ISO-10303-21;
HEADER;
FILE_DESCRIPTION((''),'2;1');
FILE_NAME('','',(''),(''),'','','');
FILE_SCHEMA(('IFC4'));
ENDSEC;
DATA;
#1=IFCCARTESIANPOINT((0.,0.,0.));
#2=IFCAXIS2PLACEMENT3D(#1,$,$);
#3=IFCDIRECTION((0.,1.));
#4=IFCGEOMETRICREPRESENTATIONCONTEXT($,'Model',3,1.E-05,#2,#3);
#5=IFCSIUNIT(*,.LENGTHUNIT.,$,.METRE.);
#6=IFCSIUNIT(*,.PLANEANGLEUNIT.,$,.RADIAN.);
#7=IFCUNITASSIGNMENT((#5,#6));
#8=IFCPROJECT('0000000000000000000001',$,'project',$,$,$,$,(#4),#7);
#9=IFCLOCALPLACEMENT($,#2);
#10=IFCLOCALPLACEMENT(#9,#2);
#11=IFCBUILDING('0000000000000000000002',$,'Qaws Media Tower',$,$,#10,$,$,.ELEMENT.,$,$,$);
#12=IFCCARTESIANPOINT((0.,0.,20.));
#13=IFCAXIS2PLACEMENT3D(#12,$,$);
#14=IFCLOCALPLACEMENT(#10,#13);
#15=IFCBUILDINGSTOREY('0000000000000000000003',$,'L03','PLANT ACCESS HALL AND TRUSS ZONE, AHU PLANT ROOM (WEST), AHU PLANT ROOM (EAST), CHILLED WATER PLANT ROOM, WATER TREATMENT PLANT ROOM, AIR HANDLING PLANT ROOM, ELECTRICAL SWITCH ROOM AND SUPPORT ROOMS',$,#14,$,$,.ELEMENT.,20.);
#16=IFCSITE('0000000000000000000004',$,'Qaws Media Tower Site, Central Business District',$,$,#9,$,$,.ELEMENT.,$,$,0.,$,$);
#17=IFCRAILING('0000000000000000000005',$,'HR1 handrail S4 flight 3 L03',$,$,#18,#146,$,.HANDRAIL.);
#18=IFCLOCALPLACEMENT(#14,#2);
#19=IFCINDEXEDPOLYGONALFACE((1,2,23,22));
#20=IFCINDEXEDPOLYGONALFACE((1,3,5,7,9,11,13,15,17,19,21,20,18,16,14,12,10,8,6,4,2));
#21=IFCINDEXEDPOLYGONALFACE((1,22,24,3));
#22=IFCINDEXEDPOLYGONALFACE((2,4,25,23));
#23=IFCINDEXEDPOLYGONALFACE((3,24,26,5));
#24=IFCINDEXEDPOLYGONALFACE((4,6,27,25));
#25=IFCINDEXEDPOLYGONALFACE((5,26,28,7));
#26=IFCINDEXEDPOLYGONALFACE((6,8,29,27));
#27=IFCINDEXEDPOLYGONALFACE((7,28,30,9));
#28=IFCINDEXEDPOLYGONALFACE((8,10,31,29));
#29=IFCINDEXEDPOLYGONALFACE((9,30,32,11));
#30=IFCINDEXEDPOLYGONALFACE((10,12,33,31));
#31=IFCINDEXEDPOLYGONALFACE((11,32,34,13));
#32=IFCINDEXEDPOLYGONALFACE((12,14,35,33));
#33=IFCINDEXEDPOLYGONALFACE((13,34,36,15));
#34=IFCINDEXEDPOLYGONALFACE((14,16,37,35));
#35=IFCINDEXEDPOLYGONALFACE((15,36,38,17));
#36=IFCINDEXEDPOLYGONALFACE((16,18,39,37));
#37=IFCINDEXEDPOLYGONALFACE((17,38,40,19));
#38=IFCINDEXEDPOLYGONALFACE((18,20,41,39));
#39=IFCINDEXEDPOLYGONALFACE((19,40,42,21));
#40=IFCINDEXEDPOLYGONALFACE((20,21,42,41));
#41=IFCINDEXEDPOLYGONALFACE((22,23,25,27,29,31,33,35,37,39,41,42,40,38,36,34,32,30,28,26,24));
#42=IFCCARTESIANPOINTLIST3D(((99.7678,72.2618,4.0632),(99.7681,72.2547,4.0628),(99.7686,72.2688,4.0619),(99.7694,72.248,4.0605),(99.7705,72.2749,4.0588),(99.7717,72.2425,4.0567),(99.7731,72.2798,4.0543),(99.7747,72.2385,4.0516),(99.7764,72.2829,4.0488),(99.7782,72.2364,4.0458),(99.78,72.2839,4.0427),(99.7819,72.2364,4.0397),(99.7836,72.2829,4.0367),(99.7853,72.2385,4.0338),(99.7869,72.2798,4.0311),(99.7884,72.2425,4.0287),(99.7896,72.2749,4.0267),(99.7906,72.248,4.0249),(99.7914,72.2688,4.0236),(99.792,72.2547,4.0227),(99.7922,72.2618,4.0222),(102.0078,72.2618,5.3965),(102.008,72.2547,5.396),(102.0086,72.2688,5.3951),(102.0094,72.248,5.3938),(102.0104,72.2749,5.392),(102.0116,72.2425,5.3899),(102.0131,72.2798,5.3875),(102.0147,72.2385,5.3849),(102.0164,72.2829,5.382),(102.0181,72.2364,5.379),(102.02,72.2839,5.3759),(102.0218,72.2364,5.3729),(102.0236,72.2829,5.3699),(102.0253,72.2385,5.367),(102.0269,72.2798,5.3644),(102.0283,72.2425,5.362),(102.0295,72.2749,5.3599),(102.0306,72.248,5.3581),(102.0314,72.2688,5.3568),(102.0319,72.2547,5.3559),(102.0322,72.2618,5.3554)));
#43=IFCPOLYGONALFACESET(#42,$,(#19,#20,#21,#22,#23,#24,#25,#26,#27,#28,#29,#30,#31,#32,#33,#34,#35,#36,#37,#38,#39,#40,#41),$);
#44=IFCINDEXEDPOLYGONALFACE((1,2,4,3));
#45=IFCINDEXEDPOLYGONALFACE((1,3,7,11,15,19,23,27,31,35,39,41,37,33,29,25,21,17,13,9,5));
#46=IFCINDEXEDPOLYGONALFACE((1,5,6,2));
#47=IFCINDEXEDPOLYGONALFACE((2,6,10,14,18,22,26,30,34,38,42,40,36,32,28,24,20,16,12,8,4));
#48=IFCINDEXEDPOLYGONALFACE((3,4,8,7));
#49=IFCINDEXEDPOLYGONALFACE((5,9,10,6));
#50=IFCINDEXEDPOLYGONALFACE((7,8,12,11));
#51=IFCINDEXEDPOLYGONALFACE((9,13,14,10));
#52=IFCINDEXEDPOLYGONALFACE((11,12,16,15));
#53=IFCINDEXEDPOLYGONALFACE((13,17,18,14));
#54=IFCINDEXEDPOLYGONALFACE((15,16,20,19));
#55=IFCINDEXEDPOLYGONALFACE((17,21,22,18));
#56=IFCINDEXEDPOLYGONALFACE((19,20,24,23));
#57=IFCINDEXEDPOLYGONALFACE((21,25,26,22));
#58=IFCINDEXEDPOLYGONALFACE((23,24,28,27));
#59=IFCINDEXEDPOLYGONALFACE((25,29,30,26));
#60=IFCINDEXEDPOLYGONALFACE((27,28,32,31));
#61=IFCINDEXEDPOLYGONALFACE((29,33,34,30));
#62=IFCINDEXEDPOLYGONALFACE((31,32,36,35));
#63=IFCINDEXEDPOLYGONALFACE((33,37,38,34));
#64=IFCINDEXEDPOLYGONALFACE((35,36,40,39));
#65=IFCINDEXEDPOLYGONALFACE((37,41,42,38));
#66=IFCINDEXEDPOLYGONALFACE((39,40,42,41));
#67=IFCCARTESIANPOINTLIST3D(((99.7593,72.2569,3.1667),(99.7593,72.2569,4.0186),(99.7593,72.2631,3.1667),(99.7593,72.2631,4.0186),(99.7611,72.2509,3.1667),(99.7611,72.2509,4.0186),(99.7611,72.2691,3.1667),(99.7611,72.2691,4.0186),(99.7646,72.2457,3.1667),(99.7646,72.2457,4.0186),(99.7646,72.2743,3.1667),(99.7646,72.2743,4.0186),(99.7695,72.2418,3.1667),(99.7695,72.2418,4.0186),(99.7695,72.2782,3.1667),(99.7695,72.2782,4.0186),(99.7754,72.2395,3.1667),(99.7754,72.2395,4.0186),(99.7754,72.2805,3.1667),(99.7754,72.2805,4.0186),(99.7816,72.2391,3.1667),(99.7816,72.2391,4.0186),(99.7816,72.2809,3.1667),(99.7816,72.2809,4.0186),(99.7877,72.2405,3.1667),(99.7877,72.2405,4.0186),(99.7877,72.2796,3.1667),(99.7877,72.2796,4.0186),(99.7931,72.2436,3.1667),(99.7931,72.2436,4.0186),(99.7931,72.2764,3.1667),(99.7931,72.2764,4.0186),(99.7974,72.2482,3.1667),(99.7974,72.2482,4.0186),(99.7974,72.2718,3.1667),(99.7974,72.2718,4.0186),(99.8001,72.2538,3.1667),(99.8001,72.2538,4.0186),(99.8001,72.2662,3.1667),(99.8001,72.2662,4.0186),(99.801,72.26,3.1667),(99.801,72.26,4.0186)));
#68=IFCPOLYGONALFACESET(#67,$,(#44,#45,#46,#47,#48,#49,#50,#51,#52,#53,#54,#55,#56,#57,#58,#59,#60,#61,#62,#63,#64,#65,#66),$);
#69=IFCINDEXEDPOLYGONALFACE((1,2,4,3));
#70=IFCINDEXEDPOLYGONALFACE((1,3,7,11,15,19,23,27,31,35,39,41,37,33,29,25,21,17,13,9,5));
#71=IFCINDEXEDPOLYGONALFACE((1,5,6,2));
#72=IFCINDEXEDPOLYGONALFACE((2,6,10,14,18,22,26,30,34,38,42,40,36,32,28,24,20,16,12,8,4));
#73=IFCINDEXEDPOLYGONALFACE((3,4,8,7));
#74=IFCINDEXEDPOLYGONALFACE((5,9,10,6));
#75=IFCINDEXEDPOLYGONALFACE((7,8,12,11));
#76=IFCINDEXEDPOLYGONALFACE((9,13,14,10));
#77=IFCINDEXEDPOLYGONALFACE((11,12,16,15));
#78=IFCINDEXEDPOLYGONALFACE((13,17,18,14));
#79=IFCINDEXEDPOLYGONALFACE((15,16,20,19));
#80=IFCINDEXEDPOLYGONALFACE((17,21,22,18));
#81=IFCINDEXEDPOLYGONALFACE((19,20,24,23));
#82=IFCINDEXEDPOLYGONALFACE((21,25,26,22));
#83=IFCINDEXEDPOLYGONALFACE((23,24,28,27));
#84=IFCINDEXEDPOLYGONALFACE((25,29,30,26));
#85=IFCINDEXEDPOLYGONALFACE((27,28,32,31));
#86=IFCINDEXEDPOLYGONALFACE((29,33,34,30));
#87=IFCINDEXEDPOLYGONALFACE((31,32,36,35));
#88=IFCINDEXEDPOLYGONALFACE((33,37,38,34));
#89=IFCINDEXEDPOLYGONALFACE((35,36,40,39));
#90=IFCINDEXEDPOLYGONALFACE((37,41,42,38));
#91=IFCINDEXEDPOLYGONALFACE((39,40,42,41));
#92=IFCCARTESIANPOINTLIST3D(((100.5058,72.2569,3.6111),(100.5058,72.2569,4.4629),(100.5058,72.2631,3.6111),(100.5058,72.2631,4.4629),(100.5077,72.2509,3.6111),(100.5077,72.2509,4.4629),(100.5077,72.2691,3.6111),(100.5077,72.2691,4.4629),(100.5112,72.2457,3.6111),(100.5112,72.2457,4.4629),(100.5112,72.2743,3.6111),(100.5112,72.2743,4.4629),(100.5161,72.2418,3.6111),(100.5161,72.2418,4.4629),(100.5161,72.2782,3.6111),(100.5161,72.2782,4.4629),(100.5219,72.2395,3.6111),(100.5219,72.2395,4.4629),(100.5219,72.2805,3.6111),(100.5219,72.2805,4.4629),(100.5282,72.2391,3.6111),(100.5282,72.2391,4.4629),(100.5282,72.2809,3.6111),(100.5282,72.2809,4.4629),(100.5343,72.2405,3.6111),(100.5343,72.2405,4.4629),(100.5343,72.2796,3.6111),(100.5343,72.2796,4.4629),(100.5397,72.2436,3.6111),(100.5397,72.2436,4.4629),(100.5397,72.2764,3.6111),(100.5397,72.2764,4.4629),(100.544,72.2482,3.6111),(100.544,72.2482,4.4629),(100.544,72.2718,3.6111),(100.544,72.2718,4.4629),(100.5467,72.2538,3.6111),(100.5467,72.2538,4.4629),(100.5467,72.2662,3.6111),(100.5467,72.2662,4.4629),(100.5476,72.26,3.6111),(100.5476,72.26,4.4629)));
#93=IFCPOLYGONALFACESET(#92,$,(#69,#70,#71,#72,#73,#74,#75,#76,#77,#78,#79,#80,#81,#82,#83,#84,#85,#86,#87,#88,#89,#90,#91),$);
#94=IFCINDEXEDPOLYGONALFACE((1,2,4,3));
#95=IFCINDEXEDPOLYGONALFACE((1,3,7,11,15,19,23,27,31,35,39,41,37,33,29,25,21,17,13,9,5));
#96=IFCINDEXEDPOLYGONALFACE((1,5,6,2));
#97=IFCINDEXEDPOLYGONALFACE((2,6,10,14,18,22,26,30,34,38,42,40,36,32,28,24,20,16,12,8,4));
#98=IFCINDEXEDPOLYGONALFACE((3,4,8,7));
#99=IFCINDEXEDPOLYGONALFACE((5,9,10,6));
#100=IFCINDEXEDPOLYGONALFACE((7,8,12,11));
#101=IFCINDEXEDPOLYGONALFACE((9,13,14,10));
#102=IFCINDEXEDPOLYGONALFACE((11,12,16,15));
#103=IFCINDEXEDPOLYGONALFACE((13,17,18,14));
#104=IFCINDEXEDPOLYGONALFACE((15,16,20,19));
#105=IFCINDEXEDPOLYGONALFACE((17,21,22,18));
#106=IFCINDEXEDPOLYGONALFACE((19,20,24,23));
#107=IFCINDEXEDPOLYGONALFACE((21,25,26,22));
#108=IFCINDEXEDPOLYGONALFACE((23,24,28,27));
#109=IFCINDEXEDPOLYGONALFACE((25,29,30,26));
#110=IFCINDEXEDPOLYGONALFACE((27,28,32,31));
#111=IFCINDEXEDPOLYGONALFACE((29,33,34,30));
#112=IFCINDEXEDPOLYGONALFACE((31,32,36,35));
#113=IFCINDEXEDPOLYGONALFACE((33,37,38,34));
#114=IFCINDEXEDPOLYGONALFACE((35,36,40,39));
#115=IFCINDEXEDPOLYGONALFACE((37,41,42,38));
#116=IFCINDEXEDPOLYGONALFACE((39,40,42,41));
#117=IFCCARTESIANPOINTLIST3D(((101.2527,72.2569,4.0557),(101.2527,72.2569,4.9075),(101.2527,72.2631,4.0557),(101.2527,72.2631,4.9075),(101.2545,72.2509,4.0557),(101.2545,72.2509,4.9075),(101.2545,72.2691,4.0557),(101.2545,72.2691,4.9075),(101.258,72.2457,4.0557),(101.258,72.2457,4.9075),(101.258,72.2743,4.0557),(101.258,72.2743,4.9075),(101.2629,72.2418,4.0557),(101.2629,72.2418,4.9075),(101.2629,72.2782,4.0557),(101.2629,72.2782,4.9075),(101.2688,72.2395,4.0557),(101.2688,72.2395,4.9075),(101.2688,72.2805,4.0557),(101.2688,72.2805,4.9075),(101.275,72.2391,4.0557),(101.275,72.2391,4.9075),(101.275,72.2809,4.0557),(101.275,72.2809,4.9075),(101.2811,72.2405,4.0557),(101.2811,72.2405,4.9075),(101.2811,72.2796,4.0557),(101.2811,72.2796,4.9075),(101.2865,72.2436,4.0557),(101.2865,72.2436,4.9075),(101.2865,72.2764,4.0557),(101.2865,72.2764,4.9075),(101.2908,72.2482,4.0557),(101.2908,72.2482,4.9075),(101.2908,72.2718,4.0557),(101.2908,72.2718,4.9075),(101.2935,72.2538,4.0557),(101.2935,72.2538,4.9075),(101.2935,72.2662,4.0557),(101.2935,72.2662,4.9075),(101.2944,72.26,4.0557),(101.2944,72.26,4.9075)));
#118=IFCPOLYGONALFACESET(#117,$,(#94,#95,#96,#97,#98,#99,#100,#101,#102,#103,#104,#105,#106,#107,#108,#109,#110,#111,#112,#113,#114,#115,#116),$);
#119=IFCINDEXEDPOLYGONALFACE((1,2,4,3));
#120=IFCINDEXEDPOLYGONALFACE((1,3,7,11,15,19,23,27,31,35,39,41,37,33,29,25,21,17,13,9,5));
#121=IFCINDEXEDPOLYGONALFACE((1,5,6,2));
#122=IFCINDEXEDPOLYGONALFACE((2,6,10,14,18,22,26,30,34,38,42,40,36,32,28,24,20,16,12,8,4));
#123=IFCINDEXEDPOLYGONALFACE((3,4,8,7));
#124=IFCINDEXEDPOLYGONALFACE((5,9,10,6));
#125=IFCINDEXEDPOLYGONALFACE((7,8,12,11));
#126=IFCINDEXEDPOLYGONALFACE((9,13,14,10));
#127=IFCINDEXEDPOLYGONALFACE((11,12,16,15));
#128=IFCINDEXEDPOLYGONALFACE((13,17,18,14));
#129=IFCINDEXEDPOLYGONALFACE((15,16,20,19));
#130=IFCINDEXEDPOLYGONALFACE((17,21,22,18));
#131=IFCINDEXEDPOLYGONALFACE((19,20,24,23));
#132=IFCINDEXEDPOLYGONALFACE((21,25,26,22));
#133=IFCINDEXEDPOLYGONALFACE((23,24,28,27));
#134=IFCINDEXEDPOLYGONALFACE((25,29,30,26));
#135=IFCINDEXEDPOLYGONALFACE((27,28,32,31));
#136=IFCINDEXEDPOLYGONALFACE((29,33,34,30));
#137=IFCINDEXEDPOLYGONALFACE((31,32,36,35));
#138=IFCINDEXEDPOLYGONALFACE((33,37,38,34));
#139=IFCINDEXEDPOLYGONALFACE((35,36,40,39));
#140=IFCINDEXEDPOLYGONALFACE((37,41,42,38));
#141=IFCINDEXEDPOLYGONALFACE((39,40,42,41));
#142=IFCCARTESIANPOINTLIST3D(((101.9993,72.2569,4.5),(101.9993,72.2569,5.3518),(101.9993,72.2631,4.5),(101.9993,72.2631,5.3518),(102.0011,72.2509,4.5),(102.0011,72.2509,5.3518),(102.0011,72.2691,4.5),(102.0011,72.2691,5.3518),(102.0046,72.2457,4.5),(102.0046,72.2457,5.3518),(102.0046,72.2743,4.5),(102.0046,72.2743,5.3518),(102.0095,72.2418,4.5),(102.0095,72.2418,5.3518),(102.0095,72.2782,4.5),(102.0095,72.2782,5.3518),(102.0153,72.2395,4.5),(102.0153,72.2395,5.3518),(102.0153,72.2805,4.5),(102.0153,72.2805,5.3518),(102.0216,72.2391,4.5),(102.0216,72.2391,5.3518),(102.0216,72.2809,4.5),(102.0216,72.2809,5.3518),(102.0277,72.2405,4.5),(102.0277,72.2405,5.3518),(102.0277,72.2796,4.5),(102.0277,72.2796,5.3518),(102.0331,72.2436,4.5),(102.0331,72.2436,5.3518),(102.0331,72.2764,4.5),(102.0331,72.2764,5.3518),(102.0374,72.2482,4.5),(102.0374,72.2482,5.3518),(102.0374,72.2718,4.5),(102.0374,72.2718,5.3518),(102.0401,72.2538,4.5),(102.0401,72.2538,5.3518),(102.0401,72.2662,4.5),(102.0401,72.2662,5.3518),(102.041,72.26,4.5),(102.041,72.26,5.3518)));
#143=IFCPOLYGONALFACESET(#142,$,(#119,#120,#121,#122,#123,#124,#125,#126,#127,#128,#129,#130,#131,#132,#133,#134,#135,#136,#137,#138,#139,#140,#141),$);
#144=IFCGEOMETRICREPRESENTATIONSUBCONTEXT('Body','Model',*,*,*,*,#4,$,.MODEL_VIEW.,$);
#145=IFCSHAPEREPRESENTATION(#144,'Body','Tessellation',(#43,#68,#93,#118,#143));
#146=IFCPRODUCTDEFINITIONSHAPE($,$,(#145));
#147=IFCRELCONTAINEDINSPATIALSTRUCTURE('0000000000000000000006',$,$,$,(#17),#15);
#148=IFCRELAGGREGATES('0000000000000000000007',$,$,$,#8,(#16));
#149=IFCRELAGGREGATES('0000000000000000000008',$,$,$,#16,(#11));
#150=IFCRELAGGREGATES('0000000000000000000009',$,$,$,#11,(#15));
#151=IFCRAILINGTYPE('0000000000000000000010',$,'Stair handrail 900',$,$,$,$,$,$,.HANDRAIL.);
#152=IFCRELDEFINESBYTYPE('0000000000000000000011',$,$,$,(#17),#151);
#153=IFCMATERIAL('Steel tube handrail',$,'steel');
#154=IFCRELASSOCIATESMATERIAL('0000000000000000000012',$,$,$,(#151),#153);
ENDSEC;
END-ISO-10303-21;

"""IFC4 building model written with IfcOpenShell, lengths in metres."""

from ifc_helpers import new_model, si_unit, direction, frame, origin, origin_2d, place, context, subcontext, project, spatial, circle, extrude, material, type_object, element, save


model = new_model("IFC4")

# Units and contexts
model_context = context("Model", 3, precision=1e-05, world=origin(), true_north=direction((0.0, 1.0)))
body_context = subcontext(model_context, "Body", "Model", "MODEL_VIEW")
ifc_project = project(units=[si_unit("LENGTHUNIT", "METRE"), si_unit("PLANEANGLEUNIT", "RADIAN")], contexts=[model_context])

# Site, building, storey
site_placement = place(None, origin())
site = spatial("IfcSite", under=ifc_project, at=site_placement, Name="Qaws Media Tower Site, Central Business District", CompositionType="ELEMENT", RefElevation=0.0)
building_placement = place(site_placement, origin())
building = spatial("IfcBuilding", under=site, at=building_placement, Name="Qaws Media Tower", CompositionType="ELEMENT")
storey_placement = place(building_placement, frame((0.0, 0.0, 20.0)))
storey = spatial("IfcBuildingStorey", under=building, at=storey_placement, Name="L03", Description="PLANT ACCESS HALL AND TRUSS ZONE, AHU PLANT ROOM (WEST), AHU PLANT ROOM (EAST), CHILLED WATER PLANT ROOM, WATER TREATMENT PLANT ROOM, AIR HANDLING PLANT ROOM, ELECTRICAL SWITCH ROOM AND SUPPORT ROOMS", CompositionType="ELEMENT", Elevation=20.0)

# Railing
ifc_material_1 = material(Name="Steel tube handrail", Category="steel")
railing_type_1 = type_object("IfcRailingType", Name="Stair handrail 900", PredefinedType="HANDRAIL", material=ifc_material_1)
for number, where, name in (
    (1, (99.78, 72.26, 3.1667), "HR1 handrail S4 flight 3 L03"),
):
    element("IfcRailing", number, at=place(storey_placement, frame(where)), inside=storey, type_object=railing_type_1, Name=name, PredefinedType="HANDRAIL", context=body_context, shape_type="SweptSolid", body=[
        extrude(circle(Radius=0.0239, at=origin_2d()), frame((0.0, 0.0, 0.876), z_axis=(0.859306, 0.0, 0.511462), x_axis=(0.0, 1.0, 0.0)), (0.0, 0.0, 1.0), 2.6067),
        extrude(circle(Radius=0.021, at=origin_2d()), origin(), (0.0, 0.0, 1.0), 0.8518),
        extrude(circle(Radius=0.021, at=origin_2d()), frame((0.7466, 0.0, 0.4443)), (0.0, 0.0, 1.0), 0.8518),
        extrude(circle(Radius=0.021, at=origin_2d()), frame((1.4934, 0.0, 0.8889)), (0.0, 0.0, 1.0), 0.8518),
        extrude(circle(Radius=0.021, at=origin_2d()), frame((2.24, 0.0, 1.3333)), (0.0, 0.0, 1.0), 0.8518),
    ])

save(model, "model.ifc")
